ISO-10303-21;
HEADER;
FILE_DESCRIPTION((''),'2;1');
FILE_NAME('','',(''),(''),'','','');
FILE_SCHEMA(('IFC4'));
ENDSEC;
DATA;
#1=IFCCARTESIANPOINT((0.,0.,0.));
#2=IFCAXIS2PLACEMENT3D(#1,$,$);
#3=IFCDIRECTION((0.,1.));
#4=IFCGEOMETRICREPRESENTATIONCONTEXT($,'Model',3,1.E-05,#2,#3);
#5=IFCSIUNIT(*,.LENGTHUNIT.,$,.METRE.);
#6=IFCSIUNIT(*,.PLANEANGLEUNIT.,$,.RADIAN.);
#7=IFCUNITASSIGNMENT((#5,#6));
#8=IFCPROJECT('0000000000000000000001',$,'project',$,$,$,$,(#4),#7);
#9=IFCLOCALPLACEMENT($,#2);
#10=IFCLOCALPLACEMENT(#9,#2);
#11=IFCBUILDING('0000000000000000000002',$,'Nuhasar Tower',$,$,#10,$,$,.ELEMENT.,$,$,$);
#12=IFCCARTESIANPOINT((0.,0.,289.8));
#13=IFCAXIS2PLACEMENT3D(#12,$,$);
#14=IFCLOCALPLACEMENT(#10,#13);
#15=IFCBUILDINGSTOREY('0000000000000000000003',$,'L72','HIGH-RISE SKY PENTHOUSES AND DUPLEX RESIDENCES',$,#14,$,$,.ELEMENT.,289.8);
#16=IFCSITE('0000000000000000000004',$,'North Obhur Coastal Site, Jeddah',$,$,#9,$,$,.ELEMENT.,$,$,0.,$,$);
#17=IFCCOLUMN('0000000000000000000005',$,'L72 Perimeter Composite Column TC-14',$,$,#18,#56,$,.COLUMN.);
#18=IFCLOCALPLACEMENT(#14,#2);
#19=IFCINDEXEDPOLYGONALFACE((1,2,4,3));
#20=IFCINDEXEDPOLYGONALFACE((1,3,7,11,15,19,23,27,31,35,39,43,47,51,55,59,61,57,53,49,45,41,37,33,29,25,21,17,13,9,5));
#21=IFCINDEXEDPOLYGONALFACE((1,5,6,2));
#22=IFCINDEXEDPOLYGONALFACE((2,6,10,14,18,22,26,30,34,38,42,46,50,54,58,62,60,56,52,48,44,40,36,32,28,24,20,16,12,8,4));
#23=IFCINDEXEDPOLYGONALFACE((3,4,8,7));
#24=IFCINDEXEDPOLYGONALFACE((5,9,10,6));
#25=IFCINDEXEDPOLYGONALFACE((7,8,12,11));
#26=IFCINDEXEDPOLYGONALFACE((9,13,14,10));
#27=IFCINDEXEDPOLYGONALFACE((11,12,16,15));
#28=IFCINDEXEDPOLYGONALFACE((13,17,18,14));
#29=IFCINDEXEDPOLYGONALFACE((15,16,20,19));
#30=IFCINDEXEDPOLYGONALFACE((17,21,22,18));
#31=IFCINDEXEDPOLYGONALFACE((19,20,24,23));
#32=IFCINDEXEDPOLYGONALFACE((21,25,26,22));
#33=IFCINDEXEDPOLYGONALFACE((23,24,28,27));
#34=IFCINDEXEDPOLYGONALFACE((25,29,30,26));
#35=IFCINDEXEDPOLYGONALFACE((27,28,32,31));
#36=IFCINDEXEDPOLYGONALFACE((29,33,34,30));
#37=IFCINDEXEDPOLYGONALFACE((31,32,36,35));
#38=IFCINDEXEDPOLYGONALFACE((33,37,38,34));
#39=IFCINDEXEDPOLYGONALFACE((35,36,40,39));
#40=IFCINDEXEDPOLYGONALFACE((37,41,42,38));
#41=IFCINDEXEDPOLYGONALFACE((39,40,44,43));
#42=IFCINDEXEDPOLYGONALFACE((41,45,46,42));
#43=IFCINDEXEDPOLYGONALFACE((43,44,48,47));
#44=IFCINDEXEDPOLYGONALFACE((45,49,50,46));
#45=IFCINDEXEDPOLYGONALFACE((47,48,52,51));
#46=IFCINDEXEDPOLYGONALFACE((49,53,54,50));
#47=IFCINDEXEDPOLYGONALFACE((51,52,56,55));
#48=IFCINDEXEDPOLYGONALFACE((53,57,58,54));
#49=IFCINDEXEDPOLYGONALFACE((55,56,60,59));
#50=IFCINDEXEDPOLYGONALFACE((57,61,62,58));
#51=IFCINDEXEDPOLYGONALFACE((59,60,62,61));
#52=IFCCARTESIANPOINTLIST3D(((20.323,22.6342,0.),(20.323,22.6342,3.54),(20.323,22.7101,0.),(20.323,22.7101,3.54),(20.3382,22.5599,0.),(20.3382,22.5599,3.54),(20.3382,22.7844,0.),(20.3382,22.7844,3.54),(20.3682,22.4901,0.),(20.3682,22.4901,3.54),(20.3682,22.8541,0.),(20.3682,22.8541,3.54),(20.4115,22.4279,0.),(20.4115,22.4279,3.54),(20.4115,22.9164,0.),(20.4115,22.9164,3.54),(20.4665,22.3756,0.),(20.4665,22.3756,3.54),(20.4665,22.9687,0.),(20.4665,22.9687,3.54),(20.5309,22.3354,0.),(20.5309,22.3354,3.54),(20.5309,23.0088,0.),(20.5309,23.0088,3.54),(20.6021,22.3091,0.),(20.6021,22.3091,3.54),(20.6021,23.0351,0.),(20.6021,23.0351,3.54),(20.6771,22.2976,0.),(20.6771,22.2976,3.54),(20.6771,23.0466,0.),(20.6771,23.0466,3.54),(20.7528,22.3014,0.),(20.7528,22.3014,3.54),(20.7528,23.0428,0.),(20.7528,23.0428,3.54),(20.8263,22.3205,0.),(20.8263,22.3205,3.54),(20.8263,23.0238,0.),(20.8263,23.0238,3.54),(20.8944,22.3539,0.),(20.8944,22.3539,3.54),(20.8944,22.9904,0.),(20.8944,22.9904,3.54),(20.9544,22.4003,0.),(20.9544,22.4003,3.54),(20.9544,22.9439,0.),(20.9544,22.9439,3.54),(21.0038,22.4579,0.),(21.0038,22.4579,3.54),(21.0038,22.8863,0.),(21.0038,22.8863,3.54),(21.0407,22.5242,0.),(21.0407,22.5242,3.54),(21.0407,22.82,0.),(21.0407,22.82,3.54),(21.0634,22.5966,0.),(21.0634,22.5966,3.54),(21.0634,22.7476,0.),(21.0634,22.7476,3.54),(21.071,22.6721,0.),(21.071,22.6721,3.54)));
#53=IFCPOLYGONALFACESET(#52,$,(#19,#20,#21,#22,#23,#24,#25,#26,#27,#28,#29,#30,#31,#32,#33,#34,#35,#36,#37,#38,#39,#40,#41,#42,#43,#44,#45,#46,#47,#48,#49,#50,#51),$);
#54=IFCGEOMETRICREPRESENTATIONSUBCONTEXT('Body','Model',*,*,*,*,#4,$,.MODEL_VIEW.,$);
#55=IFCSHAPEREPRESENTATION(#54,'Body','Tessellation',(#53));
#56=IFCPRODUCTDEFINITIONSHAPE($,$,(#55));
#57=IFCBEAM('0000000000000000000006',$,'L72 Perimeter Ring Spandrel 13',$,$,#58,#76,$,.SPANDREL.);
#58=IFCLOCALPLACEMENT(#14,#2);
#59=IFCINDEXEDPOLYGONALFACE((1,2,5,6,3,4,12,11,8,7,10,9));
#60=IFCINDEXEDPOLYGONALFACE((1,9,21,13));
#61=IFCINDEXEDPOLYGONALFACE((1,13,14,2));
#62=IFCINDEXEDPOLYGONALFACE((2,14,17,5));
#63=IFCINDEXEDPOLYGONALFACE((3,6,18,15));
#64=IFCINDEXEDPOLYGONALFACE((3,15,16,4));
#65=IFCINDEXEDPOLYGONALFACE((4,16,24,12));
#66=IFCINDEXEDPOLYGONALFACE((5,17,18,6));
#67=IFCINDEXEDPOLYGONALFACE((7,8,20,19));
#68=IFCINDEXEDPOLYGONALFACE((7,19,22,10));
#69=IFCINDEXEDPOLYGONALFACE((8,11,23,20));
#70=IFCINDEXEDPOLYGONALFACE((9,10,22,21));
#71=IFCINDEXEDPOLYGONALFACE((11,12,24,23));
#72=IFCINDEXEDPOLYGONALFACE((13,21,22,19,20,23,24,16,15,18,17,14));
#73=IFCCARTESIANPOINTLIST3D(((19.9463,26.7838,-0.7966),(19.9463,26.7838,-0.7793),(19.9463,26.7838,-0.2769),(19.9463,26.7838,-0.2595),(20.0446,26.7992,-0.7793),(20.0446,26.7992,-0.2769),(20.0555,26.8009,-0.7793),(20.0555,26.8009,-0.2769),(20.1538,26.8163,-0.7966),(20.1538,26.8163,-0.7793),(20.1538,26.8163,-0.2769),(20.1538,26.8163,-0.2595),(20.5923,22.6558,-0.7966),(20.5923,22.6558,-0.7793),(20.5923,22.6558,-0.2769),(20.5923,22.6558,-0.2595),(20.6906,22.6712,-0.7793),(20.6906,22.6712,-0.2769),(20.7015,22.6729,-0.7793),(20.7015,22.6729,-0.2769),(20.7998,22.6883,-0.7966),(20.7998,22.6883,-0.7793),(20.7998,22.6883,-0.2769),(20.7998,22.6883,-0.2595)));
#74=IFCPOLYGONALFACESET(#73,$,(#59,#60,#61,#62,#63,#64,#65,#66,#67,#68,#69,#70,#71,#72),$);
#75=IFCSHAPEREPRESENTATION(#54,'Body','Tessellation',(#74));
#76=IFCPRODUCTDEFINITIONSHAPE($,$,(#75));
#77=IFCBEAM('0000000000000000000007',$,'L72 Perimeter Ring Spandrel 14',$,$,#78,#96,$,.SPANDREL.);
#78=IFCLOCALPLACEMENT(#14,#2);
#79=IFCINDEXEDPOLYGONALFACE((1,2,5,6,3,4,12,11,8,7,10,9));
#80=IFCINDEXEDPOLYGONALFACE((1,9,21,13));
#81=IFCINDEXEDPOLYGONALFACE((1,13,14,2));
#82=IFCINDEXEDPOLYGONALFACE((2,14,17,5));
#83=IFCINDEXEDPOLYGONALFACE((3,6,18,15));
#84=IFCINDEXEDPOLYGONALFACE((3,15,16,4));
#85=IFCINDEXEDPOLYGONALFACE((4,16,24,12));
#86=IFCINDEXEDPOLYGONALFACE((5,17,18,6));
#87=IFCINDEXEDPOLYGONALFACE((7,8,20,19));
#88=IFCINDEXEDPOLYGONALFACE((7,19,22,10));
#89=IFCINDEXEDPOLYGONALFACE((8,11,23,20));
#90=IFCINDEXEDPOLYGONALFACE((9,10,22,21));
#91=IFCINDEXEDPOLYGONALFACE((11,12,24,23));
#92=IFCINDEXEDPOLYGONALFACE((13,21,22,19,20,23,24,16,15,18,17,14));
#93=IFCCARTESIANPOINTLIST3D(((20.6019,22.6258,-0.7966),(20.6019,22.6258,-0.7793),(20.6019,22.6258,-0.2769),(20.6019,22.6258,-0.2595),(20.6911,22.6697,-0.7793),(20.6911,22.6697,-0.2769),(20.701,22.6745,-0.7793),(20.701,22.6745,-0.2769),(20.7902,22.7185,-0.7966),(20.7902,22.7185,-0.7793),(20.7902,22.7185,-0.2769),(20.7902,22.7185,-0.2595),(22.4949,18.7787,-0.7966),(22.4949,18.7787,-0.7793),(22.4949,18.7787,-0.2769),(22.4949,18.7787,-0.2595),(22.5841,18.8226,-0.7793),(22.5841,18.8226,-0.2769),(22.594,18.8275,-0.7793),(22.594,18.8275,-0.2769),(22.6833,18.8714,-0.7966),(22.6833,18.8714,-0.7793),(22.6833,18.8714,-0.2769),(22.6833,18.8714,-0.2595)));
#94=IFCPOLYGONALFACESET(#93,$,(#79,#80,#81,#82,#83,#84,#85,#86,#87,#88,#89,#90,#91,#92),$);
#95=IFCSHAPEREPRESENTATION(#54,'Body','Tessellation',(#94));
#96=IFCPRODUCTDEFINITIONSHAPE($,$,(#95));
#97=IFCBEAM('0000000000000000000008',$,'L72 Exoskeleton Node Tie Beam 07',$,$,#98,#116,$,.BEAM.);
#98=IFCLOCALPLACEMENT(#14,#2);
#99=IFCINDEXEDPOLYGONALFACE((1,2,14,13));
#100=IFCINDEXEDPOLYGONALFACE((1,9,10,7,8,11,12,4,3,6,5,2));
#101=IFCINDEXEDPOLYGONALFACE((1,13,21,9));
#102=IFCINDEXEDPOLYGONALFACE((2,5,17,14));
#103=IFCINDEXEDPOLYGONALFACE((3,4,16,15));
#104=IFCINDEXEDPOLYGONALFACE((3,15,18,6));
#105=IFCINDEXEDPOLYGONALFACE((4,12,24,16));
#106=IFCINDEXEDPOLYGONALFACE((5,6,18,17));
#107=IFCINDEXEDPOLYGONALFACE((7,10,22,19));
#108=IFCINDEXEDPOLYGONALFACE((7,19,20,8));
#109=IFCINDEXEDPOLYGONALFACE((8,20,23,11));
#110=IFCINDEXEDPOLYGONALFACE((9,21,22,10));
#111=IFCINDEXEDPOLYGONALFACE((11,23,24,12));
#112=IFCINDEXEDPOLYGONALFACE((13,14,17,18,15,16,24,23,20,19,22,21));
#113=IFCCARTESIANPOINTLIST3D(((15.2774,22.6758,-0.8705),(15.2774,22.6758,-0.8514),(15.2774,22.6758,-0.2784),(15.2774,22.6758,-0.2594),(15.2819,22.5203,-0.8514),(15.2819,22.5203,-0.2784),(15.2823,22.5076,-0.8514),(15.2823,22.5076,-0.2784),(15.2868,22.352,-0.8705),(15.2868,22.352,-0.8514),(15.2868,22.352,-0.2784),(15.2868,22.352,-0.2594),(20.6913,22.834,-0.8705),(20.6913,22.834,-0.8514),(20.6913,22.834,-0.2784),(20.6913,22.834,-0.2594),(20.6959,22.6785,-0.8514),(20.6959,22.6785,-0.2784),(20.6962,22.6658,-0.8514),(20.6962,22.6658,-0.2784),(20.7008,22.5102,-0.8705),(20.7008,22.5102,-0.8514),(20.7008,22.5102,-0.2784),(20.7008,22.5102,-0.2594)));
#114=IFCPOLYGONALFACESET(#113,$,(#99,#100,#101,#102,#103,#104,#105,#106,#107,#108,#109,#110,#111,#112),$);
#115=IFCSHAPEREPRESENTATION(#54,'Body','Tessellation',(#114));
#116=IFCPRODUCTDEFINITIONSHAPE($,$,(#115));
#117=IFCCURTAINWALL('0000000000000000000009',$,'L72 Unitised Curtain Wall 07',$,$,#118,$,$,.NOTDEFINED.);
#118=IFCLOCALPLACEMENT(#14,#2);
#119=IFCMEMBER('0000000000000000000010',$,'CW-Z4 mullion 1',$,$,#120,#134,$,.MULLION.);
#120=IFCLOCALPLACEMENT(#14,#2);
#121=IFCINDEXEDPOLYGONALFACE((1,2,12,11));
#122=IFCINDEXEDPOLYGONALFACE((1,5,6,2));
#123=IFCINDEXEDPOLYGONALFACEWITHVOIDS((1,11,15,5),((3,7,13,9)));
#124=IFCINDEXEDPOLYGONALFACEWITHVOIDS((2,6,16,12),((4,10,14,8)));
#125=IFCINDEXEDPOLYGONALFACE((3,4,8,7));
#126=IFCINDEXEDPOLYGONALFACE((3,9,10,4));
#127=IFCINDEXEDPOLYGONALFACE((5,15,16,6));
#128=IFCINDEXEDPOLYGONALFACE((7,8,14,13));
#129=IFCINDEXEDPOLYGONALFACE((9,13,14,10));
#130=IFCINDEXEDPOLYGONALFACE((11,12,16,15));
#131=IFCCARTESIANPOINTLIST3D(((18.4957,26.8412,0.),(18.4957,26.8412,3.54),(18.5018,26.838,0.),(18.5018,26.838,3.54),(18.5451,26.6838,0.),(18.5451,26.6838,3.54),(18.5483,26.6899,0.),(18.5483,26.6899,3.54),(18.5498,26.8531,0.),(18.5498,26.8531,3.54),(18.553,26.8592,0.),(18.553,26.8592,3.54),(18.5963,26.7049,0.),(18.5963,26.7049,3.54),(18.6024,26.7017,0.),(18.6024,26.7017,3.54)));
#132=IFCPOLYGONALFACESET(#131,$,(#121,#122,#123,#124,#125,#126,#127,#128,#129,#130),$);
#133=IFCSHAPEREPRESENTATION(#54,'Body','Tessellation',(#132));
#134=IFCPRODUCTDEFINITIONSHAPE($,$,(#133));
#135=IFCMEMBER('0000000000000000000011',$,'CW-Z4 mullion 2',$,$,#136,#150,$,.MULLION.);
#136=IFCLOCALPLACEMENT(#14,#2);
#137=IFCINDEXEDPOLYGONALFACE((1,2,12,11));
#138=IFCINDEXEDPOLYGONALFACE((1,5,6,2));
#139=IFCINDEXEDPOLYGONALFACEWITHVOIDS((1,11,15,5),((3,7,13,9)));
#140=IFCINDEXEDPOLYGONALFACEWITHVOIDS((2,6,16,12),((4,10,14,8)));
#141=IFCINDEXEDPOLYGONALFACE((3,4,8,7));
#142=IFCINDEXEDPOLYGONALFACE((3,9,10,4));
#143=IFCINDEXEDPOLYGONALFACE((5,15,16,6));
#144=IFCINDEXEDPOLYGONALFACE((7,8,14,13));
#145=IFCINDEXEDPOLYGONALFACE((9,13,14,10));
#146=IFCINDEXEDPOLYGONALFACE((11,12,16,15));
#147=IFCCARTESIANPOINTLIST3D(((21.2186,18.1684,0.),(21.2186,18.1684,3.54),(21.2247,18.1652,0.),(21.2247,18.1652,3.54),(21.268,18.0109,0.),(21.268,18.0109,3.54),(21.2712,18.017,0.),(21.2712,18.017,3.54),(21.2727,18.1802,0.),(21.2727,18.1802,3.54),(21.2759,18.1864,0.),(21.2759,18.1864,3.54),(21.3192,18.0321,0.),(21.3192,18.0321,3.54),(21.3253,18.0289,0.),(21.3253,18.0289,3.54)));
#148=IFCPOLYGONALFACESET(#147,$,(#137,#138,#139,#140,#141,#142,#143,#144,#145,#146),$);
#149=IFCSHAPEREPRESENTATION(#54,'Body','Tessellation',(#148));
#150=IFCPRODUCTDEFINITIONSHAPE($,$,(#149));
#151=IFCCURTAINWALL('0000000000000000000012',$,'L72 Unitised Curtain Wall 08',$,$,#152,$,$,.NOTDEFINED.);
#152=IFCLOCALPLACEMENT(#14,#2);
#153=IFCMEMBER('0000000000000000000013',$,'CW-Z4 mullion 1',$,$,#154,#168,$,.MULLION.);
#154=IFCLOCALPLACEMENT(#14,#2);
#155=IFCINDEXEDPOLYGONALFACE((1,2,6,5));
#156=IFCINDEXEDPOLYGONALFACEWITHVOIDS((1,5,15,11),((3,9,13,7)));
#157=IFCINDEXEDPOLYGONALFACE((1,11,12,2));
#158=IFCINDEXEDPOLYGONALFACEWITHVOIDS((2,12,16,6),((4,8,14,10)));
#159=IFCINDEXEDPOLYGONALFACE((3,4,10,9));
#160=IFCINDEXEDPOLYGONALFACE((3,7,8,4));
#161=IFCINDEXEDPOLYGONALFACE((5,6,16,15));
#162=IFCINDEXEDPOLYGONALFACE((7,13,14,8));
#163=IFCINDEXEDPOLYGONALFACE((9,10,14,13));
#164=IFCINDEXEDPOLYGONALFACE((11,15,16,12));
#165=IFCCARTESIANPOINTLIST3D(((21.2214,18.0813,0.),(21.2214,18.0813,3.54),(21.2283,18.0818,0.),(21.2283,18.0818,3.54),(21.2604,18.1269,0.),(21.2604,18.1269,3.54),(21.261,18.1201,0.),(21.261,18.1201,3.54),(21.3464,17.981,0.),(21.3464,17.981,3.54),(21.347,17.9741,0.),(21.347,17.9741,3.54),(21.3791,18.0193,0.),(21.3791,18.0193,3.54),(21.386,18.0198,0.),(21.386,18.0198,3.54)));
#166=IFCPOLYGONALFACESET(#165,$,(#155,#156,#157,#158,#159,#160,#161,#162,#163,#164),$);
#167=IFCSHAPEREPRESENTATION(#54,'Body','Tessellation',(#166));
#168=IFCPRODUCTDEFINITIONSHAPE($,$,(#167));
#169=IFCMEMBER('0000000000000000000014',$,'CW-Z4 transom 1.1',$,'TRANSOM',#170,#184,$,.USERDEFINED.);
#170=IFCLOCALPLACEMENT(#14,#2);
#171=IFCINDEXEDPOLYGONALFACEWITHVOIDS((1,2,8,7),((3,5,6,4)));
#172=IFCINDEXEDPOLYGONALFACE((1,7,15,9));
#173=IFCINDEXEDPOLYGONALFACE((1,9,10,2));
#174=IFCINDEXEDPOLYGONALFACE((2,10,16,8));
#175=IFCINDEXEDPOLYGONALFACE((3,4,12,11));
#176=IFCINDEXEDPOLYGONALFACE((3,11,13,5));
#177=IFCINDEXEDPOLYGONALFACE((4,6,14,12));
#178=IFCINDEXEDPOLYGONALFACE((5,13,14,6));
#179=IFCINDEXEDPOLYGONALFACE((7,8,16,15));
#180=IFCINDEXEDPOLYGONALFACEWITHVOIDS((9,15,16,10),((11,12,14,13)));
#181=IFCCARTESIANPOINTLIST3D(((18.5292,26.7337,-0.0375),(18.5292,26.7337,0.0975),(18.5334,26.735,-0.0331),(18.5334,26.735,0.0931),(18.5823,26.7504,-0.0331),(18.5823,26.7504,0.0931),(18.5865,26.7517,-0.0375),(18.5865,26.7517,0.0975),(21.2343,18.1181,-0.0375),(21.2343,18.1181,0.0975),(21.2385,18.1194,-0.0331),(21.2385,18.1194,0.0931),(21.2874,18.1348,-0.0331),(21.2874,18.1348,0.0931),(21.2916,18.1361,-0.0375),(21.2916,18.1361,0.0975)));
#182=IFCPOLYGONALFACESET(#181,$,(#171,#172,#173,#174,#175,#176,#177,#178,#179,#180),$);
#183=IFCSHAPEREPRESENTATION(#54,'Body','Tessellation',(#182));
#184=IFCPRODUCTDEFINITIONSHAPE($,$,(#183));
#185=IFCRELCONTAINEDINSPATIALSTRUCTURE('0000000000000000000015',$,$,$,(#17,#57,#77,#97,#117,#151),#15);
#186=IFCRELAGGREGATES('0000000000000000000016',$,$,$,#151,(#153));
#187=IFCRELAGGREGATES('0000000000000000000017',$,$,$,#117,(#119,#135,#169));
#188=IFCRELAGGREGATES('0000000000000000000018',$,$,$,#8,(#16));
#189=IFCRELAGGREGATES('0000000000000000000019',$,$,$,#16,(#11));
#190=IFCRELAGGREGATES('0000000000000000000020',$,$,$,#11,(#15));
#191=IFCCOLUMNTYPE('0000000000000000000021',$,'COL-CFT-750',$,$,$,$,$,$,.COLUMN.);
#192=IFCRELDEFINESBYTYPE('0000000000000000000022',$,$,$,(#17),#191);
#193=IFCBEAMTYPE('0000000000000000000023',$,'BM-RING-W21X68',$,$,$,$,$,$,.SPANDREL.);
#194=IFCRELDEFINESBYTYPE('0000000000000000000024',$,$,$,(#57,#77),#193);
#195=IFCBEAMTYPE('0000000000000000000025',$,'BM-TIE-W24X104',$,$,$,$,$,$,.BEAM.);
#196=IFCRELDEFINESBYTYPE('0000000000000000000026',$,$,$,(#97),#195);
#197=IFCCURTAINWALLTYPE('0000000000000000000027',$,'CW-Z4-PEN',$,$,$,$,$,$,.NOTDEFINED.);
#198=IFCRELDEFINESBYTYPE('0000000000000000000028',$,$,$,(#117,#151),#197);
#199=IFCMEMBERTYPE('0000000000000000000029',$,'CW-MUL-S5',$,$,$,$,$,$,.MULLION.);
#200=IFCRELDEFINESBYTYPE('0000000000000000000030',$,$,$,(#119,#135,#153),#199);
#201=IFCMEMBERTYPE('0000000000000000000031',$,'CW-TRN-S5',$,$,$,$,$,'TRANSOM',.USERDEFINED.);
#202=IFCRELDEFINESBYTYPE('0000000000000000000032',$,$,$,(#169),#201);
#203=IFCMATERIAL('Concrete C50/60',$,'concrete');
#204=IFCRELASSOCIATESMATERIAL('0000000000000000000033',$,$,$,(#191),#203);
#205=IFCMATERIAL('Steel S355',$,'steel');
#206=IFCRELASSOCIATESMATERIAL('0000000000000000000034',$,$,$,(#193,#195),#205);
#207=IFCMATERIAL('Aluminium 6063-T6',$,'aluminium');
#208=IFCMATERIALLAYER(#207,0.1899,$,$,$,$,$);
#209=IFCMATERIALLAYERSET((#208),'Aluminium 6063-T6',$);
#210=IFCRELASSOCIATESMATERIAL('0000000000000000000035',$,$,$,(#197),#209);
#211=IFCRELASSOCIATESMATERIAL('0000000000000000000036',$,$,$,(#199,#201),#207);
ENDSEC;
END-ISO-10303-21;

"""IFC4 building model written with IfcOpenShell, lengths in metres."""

from ifc_helpers import new_model, si_unit, direction, frame, origin, origin_2d, place, context, subcontext, project, spatial, hollow_rectangle, circle, i_section, extrude, material, layer, layer_set, material_profile, profile_set, type_object, element, aggregate, save


model = new_model("IFC4")

# Units and contexts
model_context = context("Model", 3, precision=1e-05, world=origin(), true_north=direction((0.0, 1.0)))
body_context = subcontext(model_context, "Body", "Model", "MODEL_VIEW")
ifc_project = project(units=[si_unit("LENGTHUNIT", "METRE"), si_unit("PLANEANGLEUNIT", "RADIAN")], contexts=[model_context])

# Site, building, storey
site_placement = place(None, origin())
site = spatial("IfcSite", under=ifc_project, at=site_placement, Name="North Obhur Coastal Site, Jeddah", CompositionType="ELEMENT", RefElevation=0.0)
building_placement = place(site_placement, origin())
building = spatial("IfcBuilding", under=site, at=building_placement, Name="Nuhasar Tower", CompositionType="ELEMENT")
storey_placement = place(building_placement, frame((0.0, 0.0, 289.8)))
storey = spatial("IfcBuildingStorey", under=building, at=storey_placement, Name="L72", Description="HIGH-RISE SKY PENTHOUSES AND DUPLEX RESIDENCES", CompositionType="ELEMENT", Elevation=289.8)

# Column
ifc_material_1 = material(Name="Concrete C50/60", Category="concrete")
ifc_material_profile_1 = material_profile(ifc_material_1, circle(Radius=0.375, at=origin_2d()), Name="CFT750")
ifc_profile_set_1 = profile_set([ifc_material_profile_1], Name="Concrete C50/60")
column_type = type_object("IfcColumnType", Name="COL-CFT-750", PredefinedType="COLUMN", material=ifc_profile_set_1)
column_placement = place(storey_placement, frame((20.696, 22.6721, 0.0), z_axis=(0.0, 0.0, 1.0), x_axis=(1.0, 0.0, 0.0)))
element("IfcColumn", 1, at=column_placement, inside=storey, type_object=column_type, Name="L72 Perimeter Composite Column TC-14", PredefinedType="COLUMN", context=body_context, shape_type="SweptSolid", body=[
    extrude(circle(Radius=0.375, at=origin_2d()), origin(), (0.0, 0.0, 1.0), 3.54),
])

# Beams
ifc_material_2 = material(Name="Steel S355", Category="steel")
ifc_material_profile_2 = material_profile(ifc_material_2, i_section(OverallWidth=0.21, OverallDepth=0.5371, WebThickness=0.011, FlangeThickness=0.0173, at=origin_2d()), Name="W21X68")
ifc_profile_set_2 = profile_set([ifc_material_profile_2], Name="Steel S355")
beam_type_1 = type_object("IfcBeamType", Name="BM-RING-W21X68", PredefinedType="SPANDREL", material=ifc_profile_set_2)
beam_1_placement = place(storey_placement, frame((20.05, 26.8, -0.5281), z_axis=(0.154612, -0.987975, 0.0), x_axis=(0.987975, 0.154612, 0.0)))
element("IfcBeam", 2, at=beam_1_placement, inside=storey, type_object=beam_type_1, Name="L72 Perimeter Ring Spandrel 13", PredefinedType="SPANDREL", context=body_context, shape_type="SweptSolid", body=[
    extrude(i_section(OverallWidth=0.21, OverallDepth=0.5371, WebThickness=0.011, FlangeThickness=0.0173, at=origin_2d()), origin(), (0.0, 0.0, 1.0), 4.1782),
])
beam_2_placement = place(storey_placement, frame((20.696, 22.6721, -0.5281), z_axis=(0.441511, -0.897256, 0.0), x_axis=(0.897256, 0.441511, 0.0)))
element("IfcBeam", 3, at=beam_2_placement, inside=storey, type_object=beam_type_1, Name="L72 Perimeter Ring Spandrel 14", PredefinedType="SPANDREL", context=body_context, shape_type="SweptSolid", body=[
    extrude(i_section(OverallWidth=0.21, OverallDepth=0.5371, WebThickness=0.011, FlangeThickness=0.0173, at=origin_2d()), origin(), (0.0, 0.0, 1.0), 4.2876),
])
ifc_material_profile_3 = material_profile(ifc_material_2, i_section(OverallWidth=0.324, OverallDepth=0.6111, WebThickness=0.0127, FlangeThickness=0.019, at=origin_2d()), Name="W24X104")
ifc_profile_set_3 = profile_set([ifc_material_profile_3], Name="Steel S355")
beam_type_2 = type_object("IfcBeamType", Name="BM-TIE-W24X104", PredefinedType="BEAM", material=ifc_profile_set_3)
beam_3_placement = place(storey_placement, frame((20.696, 22.6721, -0.5649), z_axis=(-0.999573, -0.029208, 0.0), x_axis=(0.029208, -0.999573, 0.0)))
element("IfcBeam", 4, at=beam_3_placement, inside=storey, type_object=beam_type_2, Name="L72 Exoskeleton Node Tie Beam 07", PredefinedType="BEAM", context=body_context, shape_type="SweptSolid", body=[
    extrude(i_section(OverallWidth=0.324, OverallDepth=0.6111, WebThickness=0.0127, FlangeThickness=0.019, at=origin_2d()), origin(), (0.0, 0.0, 1.0), 5.4163),
])

# Curtain wall, members
ifc_material_3 = material(Name="Aluminium 6063-T6", Category="aluminium")
ifc_layer_1 = layer(ifc_material_3, 0.1899)
ifc_layer_set_1 = layer_set([ifc_layer_1], Name="Aluminium 6063-T6")
curtain_wall_type = type_object("IfcCurtainWallType", Name="CW-Z4-PEN", PredefinedType="NOTDEFINED", material=ifc_layer_set_1)
curtain_wall_1_placement = place(storey_placement, origin())
curtain_wall_1 = element("IfcCurtainWall", 5, at=curtain_wall_1_placement, inside=storey, type_object=curtain_wall_type, Name="L72 Unitised Curtain Wall 07", PredefinedType="NOTDEFINED")
ifc_material_profile_4 = material_profile(ifc_material_3, hollow_rectangle(XDim=0.0601, YDim=0.165, WallThickness=0.0049, at=origin_2d()), Name="CWM-5")
ifc_profile_set_4 = profile_set([ifc_material_profile_4], Name="Aluminium 6063-T6")
member_type_1 = type_object("IfcMemberType", Name="CW-MUL-S5", PredefinedType="MULLION", material=ifc_profile_set_4)
member_1_placement = place(storey_placement, frame((18.5491, 26.7715, 0.0), z_axis=(0.0, 0.0, 1.0), x_axis=(0.954079, 0.299557, 0.0)))
member_1 = element("IfcMember", 6, at=member_1_placement, type_object=member_type_1, Name="CW-Z4 mullion 1", PredefinedType="MULLION", context=body_context, shape_type="SweptSolid", body=[
    extrude(hollow_rectangle(XDim=0.0601, YDim=0.165, WallThickness=0.0049, at=origin_2d()), origin(), (0.0, 0.0, 1.0), 3.54),
])
member_2_placement = place(storey_placement, frame((21.272, 18.0986, 0.0), z_axis=(0.0, 0.0, 1.0), x_axis=(0.954079, 0.299557, 0.0)))
member_2 = element("IfcMember", 7, at=member_2_placement, type_object=member_type_1, Name="CW-Z4 mullion 2", PredefinedType="MULLION", context=body_context, shape_type="SweptSolid", body=[
    extrude(hollow_rectangle(XDim=0.0601, YDim=0.165, WallThickness=0.0049, at=origin_2d()), origin(), (0.0, 0.0, 1.0), 3.54),
])

# Curtain wall, member
curtain_wall_2_placement = place(storey_placement, origin())
curtain_wall_2 = element("IfcCurtainWall", 8, at=curtain_wall_2_placement, inside=storey, type_object=curtain_wall_type, Name="L72 Unitised Curtain Wall 08", PredefinedType="NOTDEFINED")
member_3_placement = place(storey_placement, frame((21.3037, 18.0505, 0.0), z_axis=(0.0, 0.0, 1.0), x_axis=(0.649142, 0.760667, 0.0)))
member_3 = element("IfcMember", 9, at=member_3_placement, type_object=member_type_1, Name="CW-Z4 mullion 1", PredefinedType="MULLION", context=body_context, shape_type="SweptSolid", body=[
    extrude(hollow_rectangle(XDim=0.0601, YDim=0.165, WallThickness=0.0049, at=origin_2d()), origin(), (0.0, 0.0, 1.0), 3.54),
])

# Member
ifc_material_profile_5 = material_profile(ifc_material_3, hollow_rectangle(XDim=0.0601, YDim=0.135, WallThickness=0.0044, at=origin_2d()), Name="CWT-5")
ifc_profile_set_5 = profile_set([ifc_material_profile_5], Name="Aluminium 6063-T6")
member_type_2 = type_object("IfcMemberType", Name="CW-TRN-S5", ElementType="TRANSOM", PredefinedType="USERDEFINED", material=ifc_profile_set_5)
member_4_placement = place(storey_placement, frame((18.5579, 26.7427, 0.03), z_axis=(0.29956, -0.954077, 0.0), x_axis=(0.954077, 0.29956, 0.0)))
member_4 = element("IfcMember", 10, at=member_4_placement, type_object=member_type_2, Name="CW-Z4 transom 1.1", ObjectType="TRANSOM", PredefinedType="USERDEFINED", context=body_context, shape_type="SweptSolid", body=[
    extrude(hollow_rectangle(XDim=0.0601, YDim=0.135, WallThickness=0.0044, at=origin_2d()), origin(), (0.0, 0.0, 1.0), 9.0303),
])
aggregate(curtain_wall_2, [member_3])

aggregate(curtain_wall_1, [member_1, member_2, member_4])

save(model, "model.ifc")
